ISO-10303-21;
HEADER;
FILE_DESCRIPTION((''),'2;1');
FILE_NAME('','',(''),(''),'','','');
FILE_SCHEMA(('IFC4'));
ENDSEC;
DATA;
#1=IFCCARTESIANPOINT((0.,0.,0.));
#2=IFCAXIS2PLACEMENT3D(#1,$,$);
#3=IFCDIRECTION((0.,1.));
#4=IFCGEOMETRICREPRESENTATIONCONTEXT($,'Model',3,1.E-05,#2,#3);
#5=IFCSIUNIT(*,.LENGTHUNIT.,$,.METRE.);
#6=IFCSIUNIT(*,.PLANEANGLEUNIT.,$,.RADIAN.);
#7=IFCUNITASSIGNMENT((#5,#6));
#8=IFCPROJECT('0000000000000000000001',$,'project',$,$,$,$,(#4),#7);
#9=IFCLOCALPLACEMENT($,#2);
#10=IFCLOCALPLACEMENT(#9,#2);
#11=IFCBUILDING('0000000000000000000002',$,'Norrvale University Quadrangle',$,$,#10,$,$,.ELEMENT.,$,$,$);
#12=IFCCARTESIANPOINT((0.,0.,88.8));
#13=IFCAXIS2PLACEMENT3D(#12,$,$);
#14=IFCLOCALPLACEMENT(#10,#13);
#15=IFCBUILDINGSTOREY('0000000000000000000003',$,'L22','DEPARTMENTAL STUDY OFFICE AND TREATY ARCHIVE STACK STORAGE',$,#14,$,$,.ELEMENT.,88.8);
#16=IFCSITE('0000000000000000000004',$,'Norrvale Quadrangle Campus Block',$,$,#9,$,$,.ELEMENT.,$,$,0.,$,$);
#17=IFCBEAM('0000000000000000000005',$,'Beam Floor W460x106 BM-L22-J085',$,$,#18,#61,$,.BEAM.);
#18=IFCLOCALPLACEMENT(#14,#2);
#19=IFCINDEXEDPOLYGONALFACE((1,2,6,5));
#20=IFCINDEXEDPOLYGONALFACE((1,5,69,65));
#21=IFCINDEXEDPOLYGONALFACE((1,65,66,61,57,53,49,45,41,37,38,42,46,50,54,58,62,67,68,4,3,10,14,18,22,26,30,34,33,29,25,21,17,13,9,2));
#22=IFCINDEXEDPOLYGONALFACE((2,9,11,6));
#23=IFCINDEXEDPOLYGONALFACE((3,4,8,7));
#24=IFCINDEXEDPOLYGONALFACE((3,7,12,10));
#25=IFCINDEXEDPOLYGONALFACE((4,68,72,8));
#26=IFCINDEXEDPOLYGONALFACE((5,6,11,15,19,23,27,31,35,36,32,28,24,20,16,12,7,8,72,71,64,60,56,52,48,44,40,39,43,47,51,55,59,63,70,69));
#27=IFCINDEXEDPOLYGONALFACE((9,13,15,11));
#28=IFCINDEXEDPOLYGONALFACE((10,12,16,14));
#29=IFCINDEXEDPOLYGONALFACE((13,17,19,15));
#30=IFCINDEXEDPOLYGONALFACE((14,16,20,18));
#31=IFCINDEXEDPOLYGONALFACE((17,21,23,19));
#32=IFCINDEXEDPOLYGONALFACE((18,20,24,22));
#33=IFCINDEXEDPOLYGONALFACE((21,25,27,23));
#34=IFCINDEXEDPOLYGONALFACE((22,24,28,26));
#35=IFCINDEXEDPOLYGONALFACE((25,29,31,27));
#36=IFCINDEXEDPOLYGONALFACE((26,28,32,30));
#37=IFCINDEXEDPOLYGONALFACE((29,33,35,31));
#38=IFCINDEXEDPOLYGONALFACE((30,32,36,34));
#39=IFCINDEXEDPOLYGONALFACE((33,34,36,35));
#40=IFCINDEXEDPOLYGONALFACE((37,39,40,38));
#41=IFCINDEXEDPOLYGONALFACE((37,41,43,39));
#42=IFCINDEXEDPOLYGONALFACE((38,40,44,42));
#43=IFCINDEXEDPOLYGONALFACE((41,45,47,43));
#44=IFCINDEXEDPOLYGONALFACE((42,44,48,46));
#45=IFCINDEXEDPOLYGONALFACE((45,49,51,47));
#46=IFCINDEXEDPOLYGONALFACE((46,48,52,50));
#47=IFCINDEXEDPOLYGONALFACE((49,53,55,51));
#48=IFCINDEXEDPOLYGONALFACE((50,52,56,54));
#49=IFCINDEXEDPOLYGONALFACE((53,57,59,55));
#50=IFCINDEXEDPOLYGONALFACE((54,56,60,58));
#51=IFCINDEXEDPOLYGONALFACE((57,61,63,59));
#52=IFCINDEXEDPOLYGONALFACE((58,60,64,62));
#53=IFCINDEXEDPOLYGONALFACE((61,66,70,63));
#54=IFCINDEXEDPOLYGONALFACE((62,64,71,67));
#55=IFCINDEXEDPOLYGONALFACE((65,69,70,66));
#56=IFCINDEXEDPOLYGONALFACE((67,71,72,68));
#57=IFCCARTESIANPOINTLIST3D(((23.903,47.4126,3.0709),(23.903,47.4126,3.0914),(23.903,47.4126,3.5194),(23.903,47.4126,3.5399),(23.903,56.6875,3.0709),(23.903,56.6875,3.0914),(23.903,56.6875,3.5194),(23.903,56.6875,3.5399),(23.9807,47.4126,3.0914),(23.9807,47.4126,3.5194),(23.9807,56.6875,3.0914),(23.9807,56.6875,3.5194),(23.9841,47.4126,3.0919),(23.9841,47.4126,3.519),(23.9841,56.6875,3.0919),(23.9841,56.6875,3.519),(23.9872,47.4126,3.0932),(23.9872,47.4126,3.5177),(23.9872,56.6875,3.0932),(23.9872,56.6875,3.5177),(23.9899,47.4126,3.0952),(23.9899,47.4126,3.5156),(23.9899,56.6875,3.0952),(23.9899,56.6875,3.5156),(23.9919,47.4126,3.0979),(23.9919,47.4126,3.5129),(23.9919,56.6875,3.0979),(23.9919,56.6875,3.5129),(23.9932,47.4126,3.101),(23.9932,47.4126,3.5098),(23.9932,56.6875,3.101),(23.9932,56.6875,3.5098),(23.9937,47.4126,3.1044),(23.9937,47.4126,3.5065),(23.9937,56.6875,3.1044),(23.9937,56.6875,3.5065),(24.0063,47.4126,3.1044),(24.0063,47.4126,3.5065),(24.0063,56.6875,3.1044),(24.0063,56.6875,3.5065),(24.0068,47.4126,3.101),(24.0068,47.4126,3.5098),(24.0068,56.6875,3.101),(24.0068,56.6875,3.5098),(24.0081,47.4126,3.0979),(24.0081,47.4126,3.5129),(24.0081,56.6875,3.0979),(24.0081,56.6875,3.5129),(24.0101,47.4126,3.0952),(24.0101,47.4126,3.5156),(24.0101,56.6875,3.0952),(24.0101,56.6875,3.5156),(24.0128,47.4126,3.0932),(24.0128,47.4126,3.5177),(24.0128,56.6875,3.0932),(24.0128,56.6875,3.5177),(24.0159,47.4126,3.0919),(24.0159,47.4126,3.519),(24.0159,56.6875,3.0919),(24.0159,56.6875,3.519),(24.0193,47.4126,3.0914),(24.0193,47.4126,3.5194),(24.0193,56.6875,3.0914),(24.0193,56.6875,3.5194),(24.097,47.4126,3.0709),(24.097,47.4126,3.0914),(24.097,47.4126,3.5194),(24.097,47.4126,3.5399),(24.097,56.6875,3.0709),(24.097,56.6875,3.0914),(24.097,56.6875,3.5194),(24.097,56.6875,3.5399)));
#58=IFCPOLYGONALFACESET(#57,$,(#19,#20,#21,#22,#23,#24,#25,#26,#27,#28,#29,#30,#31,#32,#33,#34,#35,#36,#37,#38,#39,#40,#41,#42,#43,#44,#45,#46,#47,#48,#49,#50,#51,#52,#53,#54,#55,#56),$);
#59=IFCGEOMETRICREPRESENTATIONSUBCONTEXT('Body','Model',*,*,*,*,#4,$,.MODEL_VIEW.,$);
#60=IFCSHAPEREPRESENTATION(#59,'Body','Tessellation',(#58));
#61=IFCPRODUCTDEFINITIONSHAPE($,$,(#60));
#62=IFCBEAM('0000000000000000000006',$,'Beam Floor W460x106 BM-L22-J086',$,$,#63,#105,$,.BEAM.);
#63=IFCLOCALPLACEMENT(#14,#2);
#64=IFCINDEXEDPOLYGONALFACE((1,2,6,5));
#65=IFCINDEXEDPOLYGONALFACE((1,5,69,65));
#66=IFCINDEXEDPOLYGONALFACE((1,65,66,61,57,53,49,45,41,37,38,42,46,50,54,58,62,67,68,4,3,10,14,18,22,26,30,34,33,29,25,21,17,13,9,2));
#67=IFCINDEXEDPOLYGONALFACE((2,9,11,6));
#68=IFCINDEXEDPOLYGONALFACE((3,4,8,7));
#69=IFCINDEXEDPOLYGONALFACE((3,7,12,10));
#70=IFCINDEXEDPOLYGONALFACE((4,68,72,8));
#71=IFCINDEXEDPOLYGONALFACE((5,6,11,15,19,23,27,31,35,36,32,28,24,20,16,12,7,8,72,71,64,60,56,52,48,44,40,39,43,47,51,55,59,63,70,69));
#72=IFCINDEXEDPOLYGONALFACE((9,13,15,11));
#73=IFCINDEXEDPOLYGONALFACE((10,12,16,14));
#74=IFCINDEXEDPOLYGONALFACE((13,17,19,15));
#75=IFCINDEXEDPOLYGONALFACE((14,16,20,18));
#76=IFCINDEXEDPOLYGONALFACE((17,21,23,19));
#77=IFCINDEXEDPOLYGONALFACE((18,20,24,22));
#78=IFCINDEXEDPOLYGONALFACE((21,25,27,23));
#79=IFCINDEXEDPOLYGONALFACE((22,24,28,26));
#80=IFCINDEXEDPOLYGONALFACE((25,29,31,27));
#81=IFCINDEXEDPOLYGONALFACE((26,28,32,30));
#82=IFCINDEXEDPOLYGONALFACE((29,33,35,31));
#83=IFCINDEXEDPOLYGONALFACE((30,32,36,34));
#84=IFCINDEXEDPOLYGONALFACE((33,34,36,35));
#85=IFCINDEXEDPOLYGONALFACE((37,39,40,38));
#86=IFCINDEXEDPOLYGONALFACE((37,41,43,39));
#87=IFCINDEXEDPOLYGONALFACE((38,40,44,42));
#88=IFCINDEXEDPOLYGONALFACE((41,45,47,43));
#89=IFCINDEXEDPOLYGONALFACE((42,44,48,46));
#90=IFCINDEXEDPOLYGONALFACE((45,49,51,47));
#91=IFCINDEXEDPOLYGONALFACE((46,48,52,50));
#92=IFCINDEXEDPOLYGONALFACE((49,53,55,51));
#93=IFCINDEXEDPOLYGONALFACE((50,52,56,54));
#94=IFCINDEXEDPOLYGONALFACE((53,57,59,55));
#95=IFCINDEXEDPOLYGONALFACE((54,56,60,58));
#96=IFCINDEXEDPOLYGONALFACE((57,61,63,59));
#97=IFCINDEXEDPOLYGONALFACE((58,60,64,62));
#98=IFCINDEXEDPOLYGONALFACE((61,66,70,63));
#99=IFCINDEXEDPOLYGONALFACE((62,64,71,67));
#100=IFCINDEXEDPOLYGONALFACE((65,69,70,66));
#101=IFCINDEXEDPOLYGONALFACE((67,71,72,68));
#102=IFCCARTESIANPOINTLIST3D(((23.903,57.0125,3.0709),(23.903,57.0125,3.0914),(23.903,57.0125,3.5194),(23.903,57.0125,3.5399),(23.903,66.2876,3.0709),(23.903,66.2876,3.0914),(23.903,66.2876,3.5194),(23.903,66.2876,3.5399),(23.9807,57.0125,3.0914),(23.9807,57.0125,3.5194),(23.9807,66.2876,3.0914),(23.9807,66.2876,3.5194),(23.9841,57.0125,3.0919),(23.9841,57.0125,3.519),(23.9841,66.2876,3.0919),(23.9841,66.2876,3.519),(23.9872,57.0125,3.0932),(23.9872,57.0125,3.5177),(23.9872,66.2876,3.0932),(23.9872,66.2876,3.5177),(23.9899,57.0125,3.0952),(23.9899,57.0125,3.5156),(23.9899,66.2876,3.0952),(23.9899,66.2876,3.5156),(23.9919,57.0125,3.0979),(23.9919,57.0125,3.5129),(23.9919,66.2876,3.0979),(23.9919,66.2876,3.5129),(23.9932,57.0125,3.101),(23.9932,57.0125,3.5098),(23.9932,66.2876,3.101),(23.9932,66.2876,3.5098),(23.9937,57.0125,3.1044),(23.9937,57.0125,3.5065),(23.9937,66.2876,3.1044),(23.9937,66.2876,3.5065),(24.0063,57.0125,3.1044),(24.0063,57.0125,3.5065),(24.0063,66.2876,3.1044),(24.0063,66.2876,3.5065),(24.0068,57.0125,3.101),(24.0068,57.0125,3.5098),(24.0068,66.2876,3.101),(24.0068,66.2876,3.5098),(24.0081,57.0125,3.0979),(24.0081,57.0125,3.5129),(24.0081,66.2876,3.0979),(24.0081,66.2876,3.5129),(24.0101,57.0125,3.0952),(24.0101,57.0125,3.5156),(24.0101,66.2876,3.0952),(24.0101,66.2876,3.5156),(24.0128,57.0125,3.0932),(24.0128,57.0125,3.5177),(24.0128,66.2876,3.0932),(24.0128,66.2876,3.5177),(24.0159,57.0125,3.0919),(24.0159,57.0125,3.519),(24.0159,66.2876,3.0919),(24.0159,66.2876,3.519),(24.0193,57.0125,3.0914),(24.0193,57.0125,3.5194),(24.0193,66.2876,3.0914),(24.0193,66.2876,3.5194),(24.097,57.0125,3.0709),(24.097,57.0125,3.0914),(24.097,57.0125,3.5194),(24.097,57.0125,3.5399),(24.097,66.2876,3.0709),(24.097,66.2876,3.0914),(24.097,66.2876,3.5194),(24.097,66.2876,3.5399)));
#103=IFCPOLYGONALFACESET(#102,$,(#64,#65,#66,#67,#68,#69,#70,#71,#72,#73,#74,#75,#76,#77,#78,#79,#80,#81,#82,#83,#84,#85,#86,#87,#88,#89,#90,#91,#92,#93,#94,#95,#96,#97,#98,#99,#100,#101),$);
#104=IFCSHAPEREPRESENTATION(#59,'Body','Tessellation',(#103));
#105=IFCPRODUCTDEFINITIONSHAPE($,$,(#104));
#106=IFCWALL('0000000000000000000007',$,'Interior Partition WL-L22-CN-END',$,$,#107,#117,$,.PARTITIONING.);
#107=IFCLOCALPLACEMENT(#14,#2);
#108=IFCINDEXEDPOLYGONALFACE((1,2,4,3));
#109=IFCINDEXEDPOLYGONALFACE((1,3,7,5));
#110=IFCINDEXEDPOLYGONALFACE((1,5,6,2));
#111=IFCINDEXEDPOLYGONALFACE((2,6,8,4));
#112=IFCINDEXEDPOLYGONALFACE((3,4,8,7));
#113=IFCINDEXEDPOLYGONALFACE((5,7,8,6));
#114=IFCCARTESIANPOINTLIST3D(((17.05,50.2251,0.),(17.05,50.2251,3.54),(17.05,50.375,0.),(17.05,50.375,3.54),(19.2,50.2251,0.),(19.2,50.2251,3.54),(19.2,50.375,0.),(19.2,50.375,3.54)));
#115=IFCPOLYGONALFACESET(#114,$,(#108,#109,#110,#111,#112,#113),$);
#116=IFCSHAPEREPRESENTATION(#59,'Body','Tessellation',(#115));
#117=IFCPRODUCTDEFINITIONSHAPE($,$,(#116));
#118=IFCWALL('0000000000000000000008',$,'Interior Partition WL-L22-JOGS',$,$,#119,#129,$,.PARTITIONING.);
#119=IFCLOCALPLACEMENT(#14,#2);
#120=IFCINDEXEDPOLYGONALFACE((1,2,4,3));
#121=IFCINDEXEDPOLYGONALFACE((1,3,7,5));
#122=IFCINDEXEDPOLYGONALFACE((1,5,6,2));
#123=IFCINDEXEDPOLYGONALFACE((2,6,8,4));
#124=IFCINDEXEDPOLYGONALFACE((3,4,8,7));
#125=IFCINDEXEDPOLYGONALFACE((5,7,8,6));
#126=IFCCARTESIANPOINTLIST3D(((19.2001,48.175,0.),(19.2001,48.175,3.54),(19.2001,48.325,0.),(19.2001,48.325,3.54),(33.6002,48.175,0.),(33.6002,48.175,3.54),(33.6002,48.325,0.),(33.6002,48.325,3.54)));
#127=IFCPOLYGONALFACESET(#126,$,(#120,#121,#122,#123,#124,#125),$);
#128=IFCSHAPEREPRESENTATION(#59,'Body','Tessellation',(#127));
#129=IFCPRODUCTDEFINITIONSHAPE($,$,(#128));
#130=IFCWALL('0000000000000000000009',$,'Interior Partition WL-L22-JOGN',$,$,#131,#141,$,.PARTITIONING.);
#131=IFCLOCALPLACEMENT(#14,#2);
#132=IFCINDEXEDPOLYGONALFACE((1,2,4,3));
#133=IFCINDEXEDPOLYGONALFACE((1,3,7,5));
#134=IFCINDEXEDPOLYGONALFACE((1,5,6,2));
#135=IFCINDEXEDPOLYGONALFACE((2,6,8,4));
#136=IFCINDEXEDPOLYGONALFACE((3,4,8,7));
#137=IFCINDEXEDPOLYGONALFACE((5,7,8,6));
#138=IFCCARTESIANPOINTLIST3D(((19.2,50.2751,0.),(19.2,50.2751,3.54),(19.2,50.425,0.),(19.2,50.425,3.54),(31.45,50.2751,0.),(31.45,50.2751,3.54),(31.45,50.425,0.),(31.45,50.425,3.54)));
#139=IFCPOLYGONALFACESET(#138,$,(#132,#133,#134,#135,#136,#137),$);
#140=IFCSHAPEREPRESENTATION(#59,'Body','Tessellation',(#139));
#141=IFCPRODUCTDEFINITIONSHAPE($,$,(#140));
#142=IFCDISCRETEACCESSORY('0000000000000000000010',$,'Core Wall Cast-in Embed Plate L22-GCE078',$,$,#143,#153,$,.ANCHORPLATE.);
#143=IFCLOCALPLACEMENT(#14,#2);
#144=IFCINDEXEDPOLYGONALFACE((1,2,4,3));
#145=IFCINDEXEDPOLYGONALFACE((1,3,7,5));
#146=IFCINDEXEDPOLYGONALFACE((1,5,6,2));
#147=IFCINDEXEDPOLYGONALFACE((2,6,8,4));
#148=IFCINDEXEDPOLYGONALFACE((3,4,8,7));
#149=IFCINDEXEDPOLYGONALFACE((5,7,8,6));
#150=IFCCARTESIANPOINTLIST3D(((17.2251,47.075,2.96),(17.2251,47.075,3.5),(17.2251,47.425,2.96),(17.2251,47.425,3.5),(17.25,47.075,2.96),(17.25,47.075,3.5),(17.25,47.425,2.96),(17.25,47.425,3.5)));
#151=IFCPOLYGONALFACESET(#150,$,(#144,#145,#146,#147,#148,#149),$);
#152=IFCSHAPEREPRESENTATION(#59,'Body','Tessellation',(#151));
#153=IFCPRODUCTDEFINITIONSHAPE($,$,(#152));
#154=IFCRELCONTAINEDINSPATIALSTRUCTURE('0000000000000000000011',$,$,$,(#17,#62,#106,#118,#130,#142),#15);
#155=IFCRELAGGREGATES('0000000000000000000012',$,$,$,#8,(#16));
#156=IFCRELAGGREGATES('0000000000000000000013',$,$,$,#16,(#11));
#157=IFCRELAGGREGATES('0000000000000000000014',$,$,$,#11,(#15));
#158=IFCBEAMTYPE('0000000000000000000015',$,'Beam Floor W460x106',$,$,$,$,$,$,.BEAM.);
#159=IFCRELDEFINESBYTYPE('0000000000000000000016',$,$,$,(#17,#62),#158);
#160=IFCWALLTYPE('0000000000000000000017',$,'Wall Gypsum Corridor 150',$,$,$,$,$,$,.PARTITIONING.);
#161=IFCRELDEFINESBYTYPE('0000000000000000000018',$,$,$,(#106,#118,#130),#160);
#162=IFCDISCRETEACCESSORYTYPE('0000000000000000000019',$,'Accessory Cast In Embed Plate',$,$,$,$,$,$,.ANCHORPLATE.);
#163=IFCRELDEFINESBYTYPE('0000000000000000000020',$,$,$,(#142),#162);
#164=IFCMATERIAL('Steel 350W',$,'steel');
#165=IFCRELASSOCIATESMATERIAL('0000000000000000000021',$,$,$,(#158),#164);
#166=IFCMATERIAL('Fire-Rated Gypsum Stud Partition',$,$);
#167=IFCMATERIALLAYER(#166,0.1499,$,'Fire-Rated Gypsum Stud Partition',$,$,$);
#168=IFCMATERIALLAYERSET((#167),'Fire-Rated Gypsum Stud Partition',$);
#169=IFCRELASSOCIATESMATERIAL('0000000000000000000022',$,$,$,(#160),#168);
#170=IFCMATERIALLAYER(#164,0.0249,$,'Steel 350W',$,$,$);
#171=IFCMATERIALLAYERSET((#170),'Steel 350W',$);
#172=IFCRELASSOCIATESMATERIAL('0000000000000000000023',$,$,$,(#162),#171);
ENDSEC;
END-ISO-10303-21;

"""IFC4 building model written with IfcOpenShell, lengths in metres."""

from ifc_helpers import new_model, si_unit, direction, frame, frame_2d, origin, origin_2d, place, context, subcontext, project, spatial, rectangle, i_section, extrude, material, layer, layer_set, material_profile, profile_set, type_object, element, save


model = new_model("IFC4")

# Units and contexts
model_context = context("Model", 3, precision=1e-05, world=origin(), true_north=direction((0.0, 1.0)))
body_context = subcontext(model_context, "Body", "Model", "MODEL_VIEW")
ifc_project = project(units=[si_unit("LENGTHUNIT", "METRE"), si_unit("PLANEANGLEUNIT", "RADIAN")], contexts=[model_context])

# Site, building, storey
site_placement = place(None, origin())
site = spatial("IfcSite", under=ifc_project, at=site_placement, Name="Norrvale Quadrangle Campus Block", CompositionType="ELEMENT", RefElevation=0.0)
building_placement = place(site_placement, origin())
building = spatial("IfcBuilding", under=site, at=building_placement, Name="Norrvale University Quadrangle", CompositionType="ELEMENT")
storey_placement = place(building_placement, frame((0.0, 0.0, 88.8)))
storey = spatial("IfcBuildingStorey", under=building, at=storey_placement, Name="L22", Description="DEPARTMENTAL STUDY OFFICE AND TREATY ARCHIVE STACK STORAGE", CompositionType="ELEMENT", Elevation=88.8)

# Beams
ifc_material_1 = material(Name="Steel 350W", Category="steel")
ifc_material_profile_1 = material_profile(ifc_material_1, i_section(OverallWidth=0.1941, OverallDepth=0.469, WebThickness=0.0127, FlangeThickness=0.0205, FilletRadius=0.0129, at=origin_2d()), Name="Steel 350W")
ifc_profile_set_1 = profile_set([ifc_material_profile_1], Name="Steel 350W")
beam_type_1 = type_object("IfcBeamType", Name="Beam Floor W460x106", PredefinedType="BEAM", material=ifc_profile_set_1)
beam_1_placement = place(storey_placement, frame((24.0, 47.4126, 3.3054), z_axis=(0.0, 1.0, 0.0), x_axis=(-1.0, 0.0, 0.0)))
element("IfcBeam", 1, at=beam_1_placement, inside=storey, type_object=beam_type_1, Name="Beam Floor W460x106 BM-L22-J085", PredefinedType="BEAM", context=body_context, shape_type="SweptSolid", body=[
    extrude(i_section(OverallWidth=0.1941, OverallDepth=0.469, WebThickness=0.0127, FlangeThickness=0.0205, FilletRadius=0.0129, at=origin_2d()), origin(), (0.0, 0.0, 1.0), 9.2749),
])
beam_2_placement = place(storey_placement, frame((24.0, 57.0125, 3.3054), z_axis=(0.0, 1.0, 0.0), x_axis=(-1.0, 0.0, 0.0)))
element("IfcBeam", 2, at=beam_2_placement, inside=storey, type_object=beam_type_1, Name="Beam Floor W460x106 BM-L22-J086", PredefinedType="BEAM", context=body_context, shape_type="SweptSolid", body=[
    extrude(i_section(OverallWidth=0.1941, OverallDepth=0.469, WebThickness=0.0127, FlangeThickness=0.0205, FilletRadius=0.0129, at=origin_2d()), origin(), (0.0, 0.0, 1.0), 9.2751),
])

# Walls
ifc_material_2 = material(Name="Fire-Rated Gypsum Stud Partition")
ifc_layer_1 = layer(ifc_material_2, 0.1499, Name="Fire-Rated Gypsum Stud Partition")
ifc_layer_set_1 = layer_set([ifc_layer_1], Name="Fire-Rated Gypsum Stud Partition")
wall_type = type_object("IfcWallType", Name="Wall Gypsum Corridor 150", PredefinedType="PARTITIONING", material=ifc_layer_set_1)
wall_1_placement = place(storey_placement, frame((17.05, 50.3, 0.0), z_axis=(0.0, 0.0, 1.0), x_axis=(1.0, 0.0, 0.0)))
element("IfcWall", 3, at=wall_1_placement, inside=storey, type_object=wall_type, Name="Interior Partition WL-L22-CN-END", PredefinedType="PARTITIONING", context=body_context, shape_type="SweptSolid", body=[
    extrude(rectangle(XDim=2.1499, YDim=0.1499, at=frame_2d((1.075, 0.0))), origin(), (0.0, 0.0, 1.0), 3.54),
])
wall_2_placement = place(storey_placement, frame((19.2, 48.25, 0.0), z_axis=(0.0, 0.0, 1.0), x_axis=(1.0, 0.0, 0.0)))
element("IfcWall", 4, at=wall_2_placement, inside=storey, type_object=wall_type, Name="Interior Partition WL-L22-JOGS", PredefinedType="PARTITIONING", context=body_context, shape_type="SweptSolid", body=[
    extrude(rectangle(XDim=14.4001, YDim=0.1499, at=frame_2d((7.2002, 0.0))), origin(), (0.0, 0.0, 1.0), 3.54),
])
wall_3_placement = place(storey_placement, frame((19.2, 50.3501, 0.0), z_axis=(0.0, 0.0, 1.0), x_axis=(1.0, 0.0, 0.0)))
element("IfcWall", 5, at=wall_3_placement, inside=storey, type_object=wall_type, Name="Interior Partition WL-L22-JOGN", PredefinedType="PARTITIONING", context=body_context, shape_type="SweptSolid", body=[
    extrude(rectangle(XDim=12.25, YDim=0.1499, at=frame_2d((6.125, 0.0))), origin(), (0.0, 0.0, 1.0), 3.54),
])

# Discrete accessory
ifc_layer_2 = layer(ifc_material_1, 0.0249, Name="Steel 350W")
ifc_layer_set_2 = layer_set([ifc_layer_2], Name="Steel 350W")
discrete_accessory_type = type_object("IfcDiscreteAccessoryType", Name="Accessory Cast In Embed Plate", PredefinedType="ANCHORPLATE", material=ifc_layer_set_2)
discrete_accessory_placement = place(storey_placement, frame((17.2375, 47.25, 2.96), z_axis=(0.0, 0.0, 1.0), x_axis=(1.0, 0.0, 0.0)))
element("IfcDiscreteAccessory", 6, at=discrete_accessory_placement, inside=storey, type_object=discrete_accessory_type, Name="Core Wall Cast-in Embed Plate L22-GCE078", PredefinedType="ANCHORPLATE", context=body_context, shape_type="SweptSolid", body=[
    extrude(rectangle(XDim=0.0249, YDim=0.3501, at=origin_2d()), origin(), (0.0, 0.0, 1.0), 0.54),
])

save(model, "model.ifc")
